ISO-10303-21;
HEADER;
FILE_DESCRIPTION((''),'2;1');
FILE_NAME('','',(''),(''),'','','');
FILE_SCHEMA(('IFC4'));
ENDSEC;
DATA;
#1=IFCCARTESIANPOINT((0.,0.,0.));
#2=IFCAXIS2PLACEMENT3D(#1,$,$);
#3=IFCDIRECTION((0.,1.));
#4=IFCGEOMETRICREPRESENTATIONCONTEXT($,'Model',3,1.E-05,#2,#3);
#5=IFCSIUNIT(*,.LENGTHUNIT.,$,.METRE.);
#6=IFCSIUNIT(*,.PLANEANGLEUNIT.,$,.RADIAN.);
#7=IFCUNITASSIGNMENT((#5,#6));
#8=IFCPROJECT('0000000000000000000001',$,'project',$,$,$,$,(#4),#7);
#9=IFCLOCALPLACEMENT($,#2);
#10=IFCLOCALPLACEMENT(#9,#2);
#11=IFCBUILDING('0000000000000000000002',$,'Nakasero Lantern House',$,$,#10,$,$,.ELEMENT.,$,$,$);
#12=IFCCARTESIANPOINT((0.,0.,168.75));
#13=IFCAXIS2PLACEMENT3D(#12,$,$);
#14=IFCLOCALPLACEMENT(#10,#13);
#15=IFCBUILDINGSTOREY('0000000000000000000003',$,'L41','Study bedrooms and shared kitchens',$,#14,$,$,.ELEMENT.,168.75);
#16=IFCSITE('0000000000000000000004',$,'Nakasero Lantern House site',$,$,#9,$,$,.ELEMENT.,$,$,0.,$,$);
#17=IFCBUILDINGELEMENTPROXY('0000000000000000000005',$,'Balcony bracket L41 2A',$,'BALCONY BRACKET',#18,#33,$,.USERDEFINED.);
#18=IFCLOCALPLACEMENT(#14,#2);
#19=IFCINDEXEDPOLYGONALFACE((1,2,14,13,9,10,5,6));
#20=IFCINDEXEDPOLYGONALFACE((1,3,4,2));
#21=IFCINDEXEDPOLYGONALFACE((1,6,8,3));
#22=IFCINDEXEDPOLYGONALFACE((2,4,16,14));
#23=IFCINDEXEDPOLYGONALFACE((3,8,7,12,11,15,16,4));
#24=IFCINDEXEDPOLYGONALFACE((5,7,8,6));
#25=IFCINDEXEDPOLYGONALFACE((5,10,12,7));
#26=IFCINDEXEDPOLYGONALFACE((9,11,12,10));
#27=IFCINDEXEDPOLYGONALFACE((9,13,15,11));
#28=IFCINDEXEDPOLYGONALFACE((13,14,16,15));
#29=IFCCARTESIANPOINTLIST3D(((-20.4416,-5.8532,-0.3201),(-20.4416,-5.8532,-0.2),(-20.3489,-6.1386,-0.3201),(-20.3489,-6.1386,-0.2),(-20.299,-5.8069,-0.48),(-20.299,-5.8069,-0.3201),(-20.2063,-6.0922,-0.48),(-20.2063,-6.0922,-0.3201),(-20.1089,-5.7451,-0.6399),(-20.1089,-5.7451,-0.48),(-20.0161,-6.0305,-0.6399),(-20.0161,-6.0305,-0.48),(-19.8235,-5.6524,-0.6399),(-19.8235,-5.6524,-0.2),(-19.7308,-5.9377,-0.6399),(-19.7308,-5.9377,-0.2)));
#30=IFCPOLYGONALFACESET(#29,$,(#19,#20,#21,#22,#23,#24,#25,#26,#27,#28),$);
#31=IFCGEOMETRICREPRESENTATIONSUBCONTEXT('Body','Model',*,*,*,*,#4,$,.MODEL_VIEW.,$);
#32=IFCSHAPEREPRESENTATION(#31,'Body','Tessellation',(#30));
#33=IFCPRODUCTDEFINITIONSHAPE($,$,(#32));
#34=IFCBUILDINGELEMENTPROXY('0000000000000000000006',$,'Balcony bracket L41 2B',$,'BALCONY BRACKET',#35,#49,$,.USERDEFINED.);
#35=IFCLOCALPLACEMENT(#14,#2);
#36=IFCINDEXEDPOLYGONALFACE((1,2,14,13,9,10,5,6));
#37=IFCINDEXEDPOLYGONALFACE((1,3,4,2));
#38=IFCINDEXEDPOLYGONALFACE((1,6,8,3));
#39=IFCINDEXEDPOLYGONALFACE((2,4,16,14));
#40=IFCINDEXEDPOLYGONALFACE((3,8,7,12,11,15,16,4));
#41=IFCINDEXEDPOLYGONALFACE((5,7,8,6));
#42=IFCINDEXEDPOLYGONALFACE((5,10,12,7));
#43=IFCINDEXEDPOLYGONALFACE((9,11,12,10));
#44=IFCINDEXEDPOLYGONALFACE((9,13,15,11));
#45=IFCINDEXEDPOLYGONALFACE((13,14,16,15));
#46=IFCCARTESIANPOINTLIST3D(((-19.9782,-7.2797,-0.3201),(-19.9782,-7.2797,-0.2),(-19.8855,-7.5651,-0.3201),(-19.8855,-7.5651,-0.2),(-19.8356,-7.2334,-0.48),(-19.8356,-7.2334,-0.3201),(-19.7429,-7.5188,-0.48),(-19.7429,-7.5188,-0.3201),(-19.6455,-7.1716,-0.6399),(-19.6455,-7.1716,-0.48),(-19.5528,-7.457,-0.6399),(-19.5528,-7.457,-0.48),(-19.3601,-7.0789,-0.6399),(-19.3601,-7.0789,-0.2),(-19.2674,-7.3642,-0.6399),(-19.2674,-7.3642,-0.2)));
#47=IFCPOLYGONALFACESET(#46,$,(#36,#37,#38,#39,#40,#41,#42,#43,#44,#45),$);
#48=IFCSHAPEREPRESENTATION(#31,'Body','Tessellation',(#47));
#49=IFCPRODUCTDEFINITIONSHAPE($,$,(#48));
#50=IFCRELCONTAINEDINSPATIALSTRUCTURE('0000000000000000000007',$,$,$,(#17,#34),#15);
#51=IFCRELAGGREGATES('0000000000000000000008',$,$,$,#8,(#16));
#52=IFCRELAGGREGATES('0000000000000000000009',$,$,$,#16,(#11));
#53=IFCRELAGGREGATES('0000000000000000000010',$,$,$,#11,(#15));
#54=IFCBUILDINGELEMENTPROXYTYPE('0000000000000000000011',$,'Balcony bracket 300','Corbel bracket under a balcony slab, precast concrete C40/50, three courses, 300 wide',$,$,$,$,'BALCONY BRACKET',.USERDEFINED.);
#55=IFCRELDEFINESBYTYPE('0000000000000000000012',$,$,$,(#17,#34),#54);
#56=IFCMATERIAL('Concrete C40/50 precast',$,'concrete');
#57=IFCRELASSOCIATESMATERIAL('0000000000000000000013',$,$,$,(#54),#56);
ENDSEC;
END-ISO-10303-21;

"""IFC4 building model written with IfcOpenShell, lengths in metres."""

from ifc_helpers import new_model, si_unit, direction, frame, origin, place, context, subcontext, project, spatial, polyline, outline, extrude, material, type_object, element, save


model = new_model("IFC4")

# Units and contexts
model_context = context("Model", 3, precision=1e-05, world=origin(), true_north=direction((0.0, 1.0)))
body_context = subcontext(model_context, "Body", "Model", "MODEL_VIEW")
ifc_project = project(units=[si_unit("LENGTHUNIT", "METRE"), si_unit("PLANEANGLEUNIT", "RADIAN")], contexts=[model_context])

# Site, building, storey
site_placement = place(None, origin())
site = spatial("IfcSite", under=ifc_project, at=site_placement, Name="Nakasero Lantern House site", CompositionType="ELEMENT", RefElevation=0.0)
building_placement = place(site_placement, origin())
building = spatial("IfcBuilding", under=site, at=building_placement, Name="Nakasero Lantern House", CompositionType="ELEMENT")
storey_placement = place(building_placement, frame((0.0, 0.0, 168.75)))
storey = spatial("IfcBuildingStorey", under=building, at=storey_placement, Name="L41", Description="Study bedrooms and shared kitchens", CompositionType="ELEMENT", Elevation=168.75)

# Building element proxies
ifc_material_1 = material(Name="Concrete C40/50 precast", Category="concrete")
building_element_proxy_type = type_object("IfcBuildingElementProxyType", Name="Balcony bracket 300", Description="Corbel bracket under a balcony slab, precast concrete C40/50, three courses, 300 wide", ElementType="BALCONY BRACKET", PredefinedType="USERDEFINED", material=ifc_material_1)
for number, where, z_axis, x_axis, name in (
    (1, (-19.7771, -5.7952, -0.2), (0.0, 0.0, 1.0), (-0.951057, -0.309017, 0.0), "Balcony bracket L41 2A"),
    (2, (-19.3137, -7.2217, -0.2), (0.0, 0.0, 1.0), (-0.951057, -0.309017, 0.0), "Balcony bracket L41 2B"),
):
    element("IfcBuildingElementProxy", number, at=place(storey_placement, frame(where, z_axis=z_axis, x_axis=x_axis)), inside=storey, type_object=building_element_proxy_type, Name=name, ObjectType="BALCONY BRACKET", PredefinedType="USERDEFINED", context=body_context, shape_type="SweptSolid", body=[
        extrude(outline(polyline([(0.0, 0.0), (0.6499, 0.0), (0.6499, -0.1201), (0.5, -0.1201), (0.5, -0.28), (0.3, -0.28), (0.3, -0.4399), (0.0, -0.4399), (0.0, 0.0)])), frame((0.0, 0.1499, 0.0), z_axis=(0.0, -1.0, 0.0), x_axis=(1.0, 0.0, 0.0)), (0.0, 0.0, 1.0), 0.3),
    ])

save(model, "model.ifc")
